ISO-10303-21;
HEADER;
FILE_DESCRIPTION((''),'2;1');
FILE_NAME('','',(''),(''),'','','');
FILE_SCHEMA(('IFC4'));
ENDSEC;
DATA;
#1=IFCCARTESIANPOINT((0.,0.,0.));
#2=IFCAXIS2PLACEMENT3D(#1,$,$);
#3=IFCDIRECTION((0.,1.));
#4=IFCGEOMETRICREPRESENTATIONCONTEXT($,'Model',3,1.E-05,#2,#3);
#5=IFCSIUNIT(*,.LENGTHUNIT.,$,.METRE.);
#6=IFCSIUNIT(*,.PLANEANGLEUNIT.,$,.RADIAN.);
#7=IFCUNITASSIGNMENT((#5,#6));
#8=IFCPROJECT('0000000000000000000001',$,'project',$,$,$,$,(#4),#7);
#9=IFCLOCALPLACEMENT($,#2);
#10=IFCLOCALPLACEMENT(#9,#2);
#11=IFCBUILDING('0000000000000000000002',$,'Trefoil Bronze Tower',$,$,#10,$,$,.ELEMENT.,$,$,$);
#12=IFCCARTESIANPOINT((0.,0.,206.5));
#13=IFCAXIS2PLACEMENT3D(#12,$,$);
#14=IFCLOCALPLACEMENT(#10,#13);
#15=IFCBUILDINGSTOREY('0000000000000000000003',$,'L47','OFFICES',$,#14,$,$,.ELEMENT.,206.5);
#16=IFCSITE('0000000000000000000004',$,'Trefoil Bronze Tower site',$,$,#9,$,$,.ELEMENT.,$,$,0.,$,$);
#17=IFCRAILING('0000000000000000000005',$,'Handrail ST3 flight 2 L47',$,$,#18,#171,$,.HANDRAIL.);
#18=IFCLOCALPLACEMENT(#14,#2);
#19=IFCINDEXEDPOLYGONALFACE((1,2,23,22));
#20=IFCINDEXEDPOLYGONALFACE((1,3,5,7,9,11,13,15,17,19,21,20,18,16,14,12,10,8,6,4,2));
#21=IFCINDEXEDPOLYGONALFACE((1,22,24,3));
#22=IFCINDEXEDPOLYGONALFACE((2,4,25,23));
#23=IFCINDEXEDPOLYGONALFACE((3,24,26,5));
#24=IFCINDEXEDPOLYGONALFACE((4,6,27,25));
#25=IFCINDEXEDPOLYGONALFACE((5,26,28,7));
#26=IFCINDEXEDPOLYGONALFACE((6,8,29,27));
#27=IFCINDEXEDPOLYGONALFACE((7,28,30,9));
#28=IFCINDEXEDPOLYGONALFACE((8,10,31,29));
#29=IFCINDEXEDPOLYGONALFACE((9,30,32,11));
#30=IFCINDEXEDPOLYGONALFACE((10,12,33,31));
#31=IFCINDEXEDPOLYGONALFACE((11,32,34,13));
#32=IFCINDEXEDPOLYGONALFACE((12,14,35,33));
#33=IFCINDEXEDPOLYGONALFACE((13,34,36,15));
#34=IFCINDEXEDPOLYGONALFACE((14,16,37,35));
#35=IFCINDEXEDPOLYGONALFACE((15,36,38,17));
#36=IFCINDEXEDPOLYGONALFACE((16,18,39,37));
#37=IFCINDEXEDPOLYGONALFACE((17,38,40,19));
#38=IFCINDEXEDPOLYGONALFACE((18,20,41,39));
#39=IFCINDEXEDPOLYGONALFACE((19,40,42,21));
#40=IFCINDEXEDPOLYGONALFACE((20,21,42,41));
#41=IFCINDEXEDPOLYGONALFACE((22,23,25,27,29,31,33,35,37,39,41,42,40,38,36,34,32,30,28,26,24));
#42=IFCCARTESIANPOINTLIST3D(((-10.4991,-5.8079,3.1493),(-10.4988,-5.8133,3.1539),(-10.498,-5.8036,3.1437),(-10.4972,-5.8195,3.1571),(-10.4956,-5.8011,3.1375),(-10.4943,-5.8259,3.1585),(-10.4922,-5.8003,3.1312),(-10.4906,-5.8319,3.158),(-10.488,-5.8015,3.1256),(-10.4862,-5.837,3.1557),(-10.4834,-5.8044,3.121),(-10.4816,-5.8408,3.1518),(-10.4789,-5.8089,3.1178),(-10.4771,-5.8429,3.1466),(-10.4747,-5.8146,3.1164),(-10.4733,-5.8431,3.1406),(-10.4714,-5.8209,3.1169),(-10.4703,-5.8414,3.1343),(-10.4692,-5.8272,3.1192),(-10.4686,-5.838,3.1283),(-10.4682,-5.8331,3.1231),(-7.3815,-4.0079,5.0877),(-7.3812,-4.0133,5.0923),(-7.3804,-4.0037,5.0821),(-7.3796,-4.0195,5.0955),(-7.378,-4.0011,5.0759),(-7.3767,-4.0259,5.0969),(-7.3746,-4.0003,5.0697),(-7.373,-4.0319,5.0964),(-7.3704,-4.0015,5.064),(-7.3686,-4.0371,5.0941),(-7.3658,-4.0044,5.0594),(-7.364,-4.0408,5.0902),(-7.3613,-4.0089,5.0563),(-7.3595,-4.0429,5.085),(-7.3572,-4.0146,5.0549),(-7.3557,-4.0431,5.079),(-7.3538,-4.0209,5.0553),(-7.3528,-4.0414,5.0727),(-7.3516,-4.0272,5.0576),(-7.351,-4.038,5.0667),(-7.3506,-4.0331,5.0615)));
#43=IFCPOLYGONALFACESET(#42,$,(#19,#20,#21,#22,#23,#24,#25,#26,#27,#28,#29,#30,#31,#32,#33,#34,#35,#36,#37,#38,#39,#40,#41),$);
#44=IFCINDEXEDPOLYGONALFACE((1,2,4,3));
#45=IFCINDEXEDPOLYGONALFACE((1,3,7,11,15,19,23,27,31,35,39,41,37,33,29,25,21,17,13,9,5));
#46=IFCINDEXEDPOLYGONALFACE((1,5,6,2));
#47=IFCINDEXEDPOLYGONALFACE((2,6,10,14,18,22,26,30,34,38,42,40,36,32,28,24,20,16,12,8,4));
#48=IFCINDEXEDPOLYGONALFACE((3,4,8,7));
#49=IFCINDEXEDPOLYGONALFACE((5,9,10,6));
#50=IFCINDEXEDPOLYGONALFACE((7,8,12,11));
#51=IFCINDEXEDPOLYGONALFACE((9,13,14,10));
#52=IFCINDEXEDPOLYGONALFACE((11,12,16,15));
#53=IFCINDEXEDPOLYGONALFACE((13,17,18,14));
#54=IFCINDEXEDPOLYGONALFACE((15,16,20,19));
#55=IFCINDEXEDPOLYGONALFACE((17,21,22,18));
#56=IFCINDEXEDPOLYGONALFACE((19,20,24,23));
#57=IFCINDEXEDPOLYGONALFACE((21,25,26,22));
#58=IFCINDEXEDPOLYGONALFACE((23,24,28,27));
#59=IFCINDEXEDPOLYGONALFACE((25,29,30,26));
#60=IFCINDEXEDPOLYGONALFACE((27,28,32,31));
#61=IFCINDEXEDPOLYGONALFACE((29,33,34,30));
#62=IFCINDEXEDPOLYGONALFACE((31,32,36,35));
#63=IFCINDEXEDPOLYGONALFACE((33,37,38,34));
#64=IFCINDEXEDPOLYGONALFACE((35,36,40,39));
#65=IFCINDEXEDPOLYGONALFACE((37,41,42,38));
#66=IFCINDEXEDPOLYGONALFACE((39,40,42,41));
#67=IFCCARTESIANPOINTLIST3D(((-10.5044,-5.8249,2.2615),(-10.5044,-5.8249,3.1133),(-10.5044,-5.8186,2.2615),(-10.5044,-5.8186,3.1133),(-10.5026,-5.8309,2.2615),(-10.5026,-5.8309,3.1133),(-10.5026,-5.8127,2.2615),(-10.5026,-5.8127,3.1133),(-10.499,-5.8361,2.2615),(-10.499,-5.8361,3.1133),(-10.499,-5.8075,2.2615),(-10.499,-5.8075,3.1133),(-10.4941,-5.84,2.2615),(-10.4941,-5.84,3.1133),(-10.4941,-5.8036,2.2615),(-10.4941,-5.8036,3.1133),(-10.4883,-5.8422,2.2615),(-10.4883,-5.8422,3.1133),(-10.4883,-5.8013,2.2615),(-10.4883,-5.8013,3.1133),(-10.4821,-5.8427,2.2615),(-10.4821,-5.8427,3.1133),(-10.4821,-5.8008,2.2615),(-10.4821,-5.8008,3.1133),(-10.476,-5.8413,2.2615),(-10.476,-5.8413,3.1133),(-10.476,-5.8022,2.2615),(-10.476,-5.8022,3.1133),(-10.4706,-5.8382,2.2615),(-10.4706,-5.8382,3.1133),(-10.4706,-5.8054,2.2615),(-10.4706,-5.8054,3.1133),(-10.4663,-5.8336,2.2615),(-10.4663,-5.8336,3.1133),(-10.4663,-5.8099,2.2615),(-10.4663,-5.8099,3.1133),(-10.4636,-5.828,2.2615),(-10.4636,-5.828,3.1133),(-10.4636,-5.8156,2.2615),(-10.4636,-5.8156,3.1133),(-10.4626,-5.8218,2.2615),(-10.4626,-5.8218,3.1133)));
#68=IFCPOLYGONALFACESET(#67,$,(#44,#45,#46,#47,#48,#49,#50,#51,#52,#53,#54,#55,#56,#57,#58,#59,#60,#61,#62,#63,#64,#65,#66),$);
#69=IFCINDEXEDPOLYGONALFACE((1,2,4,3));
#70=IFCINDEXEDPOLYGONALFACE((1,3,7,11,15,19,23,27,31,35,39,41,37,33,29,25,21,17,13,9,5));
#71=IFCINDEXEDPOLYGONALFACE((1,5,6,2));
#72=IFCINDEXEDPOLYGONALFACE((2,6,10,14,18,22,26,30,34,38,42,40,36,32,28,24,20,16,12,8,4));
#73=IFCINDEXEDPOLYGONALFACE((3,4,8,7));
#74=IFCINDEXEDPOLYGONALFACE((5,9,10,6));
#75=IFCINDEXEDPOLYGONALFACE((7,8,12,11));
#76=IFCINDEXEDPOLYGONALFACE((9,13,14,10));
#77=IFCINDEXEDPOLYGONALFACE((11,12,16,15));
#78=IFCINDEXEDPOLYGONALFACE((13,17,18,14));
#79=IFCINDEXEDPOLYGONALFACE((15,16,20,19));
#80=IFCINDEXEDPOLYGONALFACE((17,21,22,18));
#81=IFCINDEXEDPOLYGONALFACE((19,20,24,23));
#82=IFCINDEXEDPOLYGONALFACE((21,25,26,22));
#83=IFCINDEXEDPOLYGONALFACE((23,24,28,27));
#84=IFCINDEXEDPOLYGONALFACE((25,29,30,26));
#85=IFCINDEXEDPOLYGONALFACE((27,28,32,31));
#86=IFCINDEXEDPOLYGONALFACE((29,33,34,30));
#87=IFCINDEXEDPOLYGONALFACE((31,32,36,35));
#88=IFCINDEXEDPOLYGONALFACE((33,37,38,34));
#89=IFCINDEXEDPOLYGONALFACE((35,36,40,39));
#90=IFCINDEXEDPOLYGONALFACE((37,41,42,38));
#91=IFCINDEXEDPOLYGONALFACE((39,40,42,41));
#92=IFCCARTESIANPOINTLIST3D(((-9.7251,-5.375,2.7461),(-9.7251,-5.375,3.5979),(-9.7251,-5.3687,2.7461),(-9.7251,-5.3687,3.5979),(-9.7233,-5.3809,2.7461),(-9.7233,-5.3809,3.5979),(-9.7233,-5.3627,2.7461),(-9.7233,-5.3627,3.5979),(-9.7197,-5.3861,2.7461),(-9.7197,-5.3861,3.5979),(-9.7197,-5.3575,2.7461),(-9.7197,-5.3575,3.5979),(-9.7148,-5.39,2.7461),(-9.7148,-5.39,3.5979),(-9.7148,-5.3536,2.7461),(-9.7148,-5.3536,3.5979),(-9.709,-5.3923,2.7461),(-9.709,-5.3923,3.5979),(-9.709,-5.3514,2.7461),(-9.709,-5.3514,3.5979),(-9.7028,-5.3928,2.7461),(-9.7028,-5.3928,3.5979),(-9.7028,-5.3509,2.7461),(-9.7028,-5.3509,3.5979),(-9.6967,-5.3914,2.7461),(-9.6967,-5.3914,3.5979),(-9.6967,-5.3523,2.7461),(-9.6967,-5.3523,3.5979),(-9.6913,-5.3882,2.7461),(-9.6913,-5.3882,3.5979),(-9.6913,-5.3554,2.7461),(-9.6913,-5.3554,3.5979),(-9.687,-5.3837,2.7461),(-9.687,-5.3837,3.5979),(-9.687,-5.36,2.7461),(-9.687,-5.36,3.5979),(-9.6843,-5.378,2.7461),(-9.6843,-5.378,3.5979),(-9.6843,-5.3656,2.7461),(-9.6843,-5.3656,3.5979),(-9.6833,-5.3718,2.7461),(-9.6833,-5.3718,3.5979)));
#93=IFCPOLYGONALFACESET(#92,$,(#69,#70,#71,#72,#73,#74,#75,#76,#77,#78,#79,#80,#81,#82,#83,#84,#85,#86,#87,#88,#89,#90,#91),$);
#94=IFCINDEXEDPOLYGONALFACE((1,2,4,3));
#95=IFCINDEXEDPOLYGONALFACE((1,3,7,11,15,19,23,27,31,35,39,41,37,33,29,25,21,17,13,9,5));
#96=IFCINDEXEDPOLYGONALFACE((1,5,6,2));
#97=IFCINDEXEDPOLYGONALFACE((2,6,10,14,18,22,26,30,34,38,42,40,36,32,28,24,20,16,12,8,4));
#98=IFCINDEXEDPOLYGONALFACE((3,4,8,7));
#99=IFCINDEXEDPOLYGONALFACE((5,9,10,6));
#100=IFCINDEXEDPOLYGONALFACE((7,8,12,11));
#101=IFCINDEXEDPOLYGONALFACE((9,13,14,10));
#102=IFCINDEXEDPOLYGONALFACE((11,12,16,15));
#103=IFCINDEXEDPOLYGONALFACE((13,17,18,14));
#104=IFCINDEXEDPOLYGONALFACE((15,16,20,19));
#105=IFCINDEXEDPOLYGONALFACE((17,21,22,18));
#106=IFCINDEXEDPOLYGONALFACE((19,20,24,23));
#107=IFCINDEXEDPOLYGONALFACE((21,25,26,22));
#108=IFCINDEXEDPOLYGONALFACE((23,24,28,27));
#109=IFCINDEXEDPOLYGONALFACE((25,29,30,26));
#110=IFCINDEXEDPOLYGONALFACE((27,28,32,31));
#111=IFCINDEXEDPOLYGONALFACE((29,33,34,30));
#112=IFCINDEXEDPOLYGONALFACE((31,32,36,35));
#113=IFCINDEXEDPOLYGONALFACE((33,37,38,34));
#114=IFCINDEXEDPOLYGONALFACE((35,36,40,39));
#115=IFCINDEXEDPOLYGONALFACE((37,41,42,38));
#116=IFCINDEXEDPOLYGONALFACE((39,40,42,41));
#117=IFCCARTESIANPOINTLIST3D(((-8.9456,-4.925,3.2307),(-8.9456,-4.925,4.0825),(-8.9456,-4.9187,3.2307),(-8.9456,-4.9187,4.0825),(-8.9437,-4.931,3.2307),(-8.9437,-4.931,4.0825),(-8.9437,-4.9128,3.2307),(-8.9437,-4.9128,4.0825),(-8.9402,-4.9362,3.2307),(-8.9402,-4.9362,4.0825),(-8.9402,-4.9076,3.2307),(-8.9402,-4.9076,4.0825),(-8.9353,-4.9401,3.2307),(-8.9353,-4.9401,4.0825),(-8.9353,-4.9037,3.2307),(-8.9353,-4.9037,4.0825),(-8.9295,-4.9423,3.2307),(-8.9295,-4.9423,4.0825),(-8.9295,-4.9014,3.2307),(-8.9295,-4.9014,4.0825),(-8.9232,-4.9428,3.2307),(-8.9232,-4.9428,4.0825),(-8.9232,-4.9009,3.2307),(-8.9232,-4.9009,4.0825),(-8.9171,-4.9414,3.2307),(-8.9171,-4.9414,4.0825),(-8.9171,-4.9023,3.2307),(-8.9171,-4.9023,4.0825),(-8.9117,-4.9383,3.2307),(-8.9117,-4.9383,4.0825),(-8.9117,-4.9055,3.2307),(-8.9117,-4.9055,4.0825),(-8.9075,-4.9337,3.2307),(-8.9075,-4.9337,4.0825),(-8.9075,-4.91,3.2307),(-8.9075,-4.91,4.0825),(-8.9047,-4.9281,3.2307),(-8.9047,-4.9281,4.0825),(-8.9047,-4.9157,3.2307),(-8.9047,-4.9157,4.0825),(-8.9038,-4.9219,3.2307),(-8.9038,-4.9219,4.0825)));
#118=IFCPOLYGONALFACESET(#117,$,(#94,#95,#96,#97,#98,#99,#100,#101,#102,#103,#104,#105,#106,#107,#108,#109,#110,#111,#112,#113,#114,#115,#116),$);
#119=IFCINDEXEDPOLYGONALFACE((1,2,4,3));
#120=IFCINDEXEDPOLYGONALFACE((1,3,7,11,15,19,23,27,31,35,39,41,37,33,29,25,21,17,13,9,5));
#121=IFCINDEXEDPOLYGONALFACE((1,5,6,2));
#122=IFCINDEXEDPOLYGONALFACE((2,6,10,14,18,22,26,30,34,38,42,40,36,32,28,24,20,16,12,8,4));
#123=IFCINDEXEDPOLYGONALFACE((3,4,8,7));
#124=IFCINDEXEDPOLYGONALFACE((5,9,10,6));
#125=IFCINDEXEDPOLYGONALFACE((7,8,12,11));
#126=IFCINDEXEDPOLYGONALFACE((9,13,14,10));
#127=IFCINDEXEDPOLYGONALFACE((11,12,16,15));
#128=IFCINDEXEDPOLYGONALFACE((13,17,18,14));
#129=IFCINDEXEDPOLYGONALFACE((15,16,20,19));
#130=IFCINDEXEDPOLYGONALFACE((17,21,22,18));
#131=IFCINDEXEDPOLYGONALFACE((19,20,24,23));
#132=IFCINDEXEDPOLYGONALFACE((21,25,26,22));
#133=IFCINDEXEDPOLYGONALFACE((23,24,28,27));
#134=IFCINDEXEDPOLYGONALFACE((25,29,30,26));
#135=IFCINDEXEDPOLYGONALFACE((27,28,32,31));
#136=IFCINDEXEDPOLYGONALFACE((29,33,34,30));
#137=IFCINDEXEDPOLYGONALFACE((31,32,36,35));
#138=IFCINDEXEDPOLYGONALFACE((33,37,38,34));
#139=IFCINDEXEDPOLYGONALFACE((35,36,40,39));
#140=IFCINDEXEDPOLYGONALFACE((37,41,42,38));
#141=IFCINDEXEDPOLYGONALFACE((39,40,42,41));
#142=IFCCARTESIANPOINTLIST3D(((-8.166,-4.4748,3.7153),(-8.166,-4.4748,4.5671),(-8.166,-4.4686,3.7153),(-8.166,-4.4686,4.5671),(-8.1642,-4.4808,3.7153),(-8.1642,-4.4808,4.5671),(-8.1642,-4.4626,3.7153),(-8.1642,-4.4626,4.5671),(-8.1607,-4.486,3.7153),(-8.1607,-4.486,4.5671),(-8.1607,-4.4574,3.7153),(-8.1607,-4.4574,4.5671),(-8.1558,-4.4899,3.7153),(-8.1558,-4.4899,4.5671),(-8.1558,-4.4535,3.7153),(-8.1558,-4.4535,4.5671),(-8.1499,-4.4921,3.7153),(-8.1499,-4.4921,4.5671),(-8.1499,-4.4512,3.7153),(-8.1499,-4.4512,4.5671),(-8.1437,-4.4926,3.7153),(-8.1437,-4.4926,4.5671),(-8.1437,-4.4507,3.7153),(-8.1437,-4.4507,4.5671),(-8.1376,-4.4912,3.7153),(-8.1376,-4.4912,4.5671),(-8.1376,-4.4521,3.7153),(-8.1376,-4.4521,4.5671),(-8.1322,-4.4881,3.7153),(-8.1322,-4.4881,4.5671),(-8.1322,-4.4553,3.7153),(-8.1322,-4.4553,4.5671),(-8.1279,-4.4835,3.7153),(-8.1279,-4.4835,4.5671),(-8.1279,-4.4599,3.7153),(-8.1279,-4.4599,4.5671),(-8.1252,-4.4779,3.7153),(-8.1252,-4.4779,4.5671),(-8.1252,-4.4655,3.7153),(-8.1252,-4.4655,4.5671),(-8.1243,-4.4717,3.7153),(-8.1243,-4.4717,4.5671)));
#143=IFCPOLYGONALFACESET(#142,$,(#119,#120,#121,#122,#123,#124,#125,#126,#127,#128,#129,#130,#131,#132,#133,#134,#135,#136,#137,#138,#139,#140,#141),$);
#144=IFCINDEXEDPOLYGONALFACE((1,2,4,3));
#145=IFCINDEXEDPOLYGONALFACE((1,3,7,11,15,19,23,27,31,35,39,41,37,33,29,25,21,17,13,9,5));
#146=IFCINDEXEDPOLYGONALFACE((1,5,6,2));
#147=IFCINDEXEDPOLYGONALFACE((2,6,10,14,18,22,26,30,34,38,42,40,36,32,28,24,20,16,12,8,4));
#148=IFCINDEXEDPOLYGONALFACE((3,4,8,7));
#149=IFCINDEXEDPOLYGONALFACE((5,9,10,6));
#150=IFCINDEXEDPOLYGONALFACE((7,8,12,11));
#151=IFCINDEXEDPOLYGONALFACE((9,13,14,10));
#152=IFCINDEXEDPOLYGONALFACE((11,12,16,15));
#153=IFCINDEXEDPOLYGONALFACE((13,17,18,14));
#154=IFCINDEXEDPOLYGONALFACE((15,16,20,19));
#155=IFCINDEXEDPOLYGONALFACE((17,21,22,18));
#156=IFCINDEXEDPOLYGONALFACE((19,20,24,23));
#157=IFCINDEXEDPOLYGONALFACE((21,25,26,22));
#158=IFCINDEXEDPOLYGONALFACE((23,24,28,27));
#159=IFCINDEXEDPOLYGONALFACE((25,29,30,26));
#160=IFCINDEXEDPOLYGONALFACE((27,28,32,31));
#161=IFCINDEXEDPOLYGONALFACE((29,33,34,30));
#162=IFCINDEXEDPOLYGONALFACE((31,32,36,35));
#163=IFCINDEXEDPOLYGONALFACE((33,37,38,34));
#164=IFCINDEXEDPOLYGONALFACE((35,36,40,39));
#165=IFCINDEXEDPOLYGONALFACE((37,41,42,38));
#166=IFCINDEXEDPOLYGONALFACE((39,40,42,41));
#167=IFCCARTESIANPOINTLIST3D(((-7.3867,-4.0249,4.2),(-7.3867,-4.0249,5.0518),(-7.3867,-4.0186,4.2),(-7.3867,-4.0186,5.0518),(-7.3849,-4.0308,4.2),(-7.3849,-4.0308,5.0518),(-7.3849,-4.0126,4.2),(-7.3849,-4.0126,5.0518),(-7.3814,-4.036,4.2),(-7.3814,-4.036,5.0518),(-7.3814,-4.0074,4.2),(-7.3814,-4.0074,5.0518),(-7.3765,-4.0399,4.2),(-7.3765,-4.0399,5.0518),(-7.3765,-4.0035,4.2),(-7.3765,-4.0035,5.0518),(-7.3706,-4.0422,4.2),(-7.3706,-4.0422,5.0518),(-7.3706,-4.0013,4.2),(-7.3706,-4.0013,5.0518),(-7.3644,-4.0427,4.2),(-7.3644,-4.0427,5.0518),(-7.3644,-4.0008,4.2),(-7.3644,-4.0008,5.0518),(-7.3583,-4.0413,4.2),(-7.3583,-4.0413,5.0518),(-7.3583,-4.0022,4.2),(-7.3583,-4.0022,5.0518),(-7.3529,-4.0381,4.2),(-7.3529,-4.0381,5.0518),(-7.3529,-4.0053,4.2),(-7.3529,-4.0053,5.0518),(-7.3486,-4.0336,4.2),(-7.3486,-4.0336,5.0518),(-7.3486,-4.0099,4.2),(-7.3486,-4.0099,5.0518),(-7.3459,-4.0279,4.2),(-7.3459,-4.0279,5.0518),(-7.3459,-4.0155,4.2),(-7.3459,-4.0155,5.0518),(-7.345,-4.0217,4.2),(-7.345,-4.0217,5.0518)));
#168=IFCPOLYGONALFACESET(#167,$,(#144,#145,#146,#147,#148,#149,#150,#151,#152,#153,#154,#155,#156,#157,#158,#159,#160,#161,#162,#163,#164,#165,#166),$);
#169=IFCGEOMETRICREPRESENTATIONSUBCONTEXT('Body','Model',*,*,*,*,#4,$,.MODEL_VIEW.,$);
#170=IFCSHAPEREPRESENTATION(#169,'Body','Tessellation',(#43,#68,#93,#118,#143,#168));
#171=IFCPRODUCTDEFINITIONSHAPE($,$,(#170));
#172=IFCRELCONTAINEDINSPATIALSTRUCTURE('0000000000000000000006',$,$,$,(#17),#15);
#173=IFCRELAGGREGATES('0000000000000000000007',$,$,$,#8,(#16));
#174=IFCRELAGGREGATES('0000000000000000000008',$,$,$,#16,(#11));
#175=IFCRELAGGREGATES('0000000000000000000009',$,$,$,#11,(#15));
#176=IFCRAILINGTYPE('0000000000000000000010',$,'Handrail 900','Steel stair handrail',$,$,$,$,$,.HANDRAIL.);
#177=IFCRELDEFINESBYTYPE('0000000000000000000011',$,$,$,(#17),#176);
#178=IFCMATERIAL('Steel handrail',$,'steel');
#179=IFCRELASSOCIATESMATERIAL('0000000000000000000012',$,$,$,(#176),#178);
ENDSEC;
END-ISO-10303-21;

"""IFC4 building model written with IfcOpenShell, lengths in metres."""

from ifc_helpers import new_model, si_unit, direction, frame, origin, origin_2d, place, context, subcontext, project, spatial, circle, extrude, material, type_object, element, save


model = new_model("IFC4")

# Units and contexts
model_context = context("Model", 3, precision=1e-05, world=origin(), true_north=direction((0.0, 1.0)))
body_context = subcontext(model_context, "Body", "Model", "MODEL_VIEW")
ifc_project = project(units=[si_unit("LENGTHUNIT", "METRE"), si_unit("PLANEANGLEUNIT", "RADIAN")], contexts=[model_context])

# Site, building, storey
site_placement = place(None, origin())
site = spatial("IfcSite", under=ifc_project, at=site_placement, Name="Trefoil Bronze Tower site", CompositionType="ELEMENT", RefElevation=0.0)
building_placement = place(site_placement, origin())
building = spatial("IfcBuilding", under=site, at=building_placement, Name="Trefoil Bronze Tower", CompositionType="ELEMENT")
storey_placement = place(building_placement, frame((0.0, 0.0, 206.5)))
storey = spatial("IfcBuildingStorey", under=building, at=storey_placement, Name="L47", Description="OFFICES", CompositionType="ELEMENT", Elevation=206.5)

# Railing
ifc_material_1 = material(Name="Steel handrail", Category="steel")
railing_type = type_object("IfcRailingType", Name="Handrail 900", Description="Steel stair handrail", PredefinedType="HANDRAIL", material=ifc_material_1)
railing_1_placement = place(storey_placement, frame((-10.4836, -5.8218, 2.2615)))
element("IfcRailing", 1, at=railing_1_placement, inside=storey, type_object=railing_type, Name="Handrail ST3 flight 2 L47", PredefinedType="HANDRAIL", context=body_context, shape_type="SweptSolid", body=[
    extrude(circle(Radius=0.0239, at=origin_2d()), frame((0.0, 0.0, 0.876), z_axis=(0.762503, 0.440246, 0.474102), x_axis=(-0.500012, 0.866018, 0.0)), (0.0, 0.0, 1.0), 4.0886),
    extrude(circle(Radius=0.021, at=origin_2d()), origin(), (0.0, 0.0, 1.0), 0.8518),
    extrude(circle(Radius=0.021, at=origin_2d()), frame((0.7793, 0.45, 0.4846)), (0.0, 0.0, 1.0), 0.8518),
    extrude(circle(Radius=0.021, at=origin_2d()), frame((1.5588, 0.8999, 0.9692)), (0.0, 0.0, 1.0), 0.8518),
    extrude(circle(Radius=0.021, at=origin_2d()), frame((2.3384, 1.3501, 1.4539)), (0.0, 0.0, 1.0), 0.8518),
    extrude(circle(Radius=0.021, at=origin_2d()), frame((3.1177, 1.8, 1.9385)), (0.0, 0.0, 1.0), 0.8518),
])

save(model, "model.ifc")
